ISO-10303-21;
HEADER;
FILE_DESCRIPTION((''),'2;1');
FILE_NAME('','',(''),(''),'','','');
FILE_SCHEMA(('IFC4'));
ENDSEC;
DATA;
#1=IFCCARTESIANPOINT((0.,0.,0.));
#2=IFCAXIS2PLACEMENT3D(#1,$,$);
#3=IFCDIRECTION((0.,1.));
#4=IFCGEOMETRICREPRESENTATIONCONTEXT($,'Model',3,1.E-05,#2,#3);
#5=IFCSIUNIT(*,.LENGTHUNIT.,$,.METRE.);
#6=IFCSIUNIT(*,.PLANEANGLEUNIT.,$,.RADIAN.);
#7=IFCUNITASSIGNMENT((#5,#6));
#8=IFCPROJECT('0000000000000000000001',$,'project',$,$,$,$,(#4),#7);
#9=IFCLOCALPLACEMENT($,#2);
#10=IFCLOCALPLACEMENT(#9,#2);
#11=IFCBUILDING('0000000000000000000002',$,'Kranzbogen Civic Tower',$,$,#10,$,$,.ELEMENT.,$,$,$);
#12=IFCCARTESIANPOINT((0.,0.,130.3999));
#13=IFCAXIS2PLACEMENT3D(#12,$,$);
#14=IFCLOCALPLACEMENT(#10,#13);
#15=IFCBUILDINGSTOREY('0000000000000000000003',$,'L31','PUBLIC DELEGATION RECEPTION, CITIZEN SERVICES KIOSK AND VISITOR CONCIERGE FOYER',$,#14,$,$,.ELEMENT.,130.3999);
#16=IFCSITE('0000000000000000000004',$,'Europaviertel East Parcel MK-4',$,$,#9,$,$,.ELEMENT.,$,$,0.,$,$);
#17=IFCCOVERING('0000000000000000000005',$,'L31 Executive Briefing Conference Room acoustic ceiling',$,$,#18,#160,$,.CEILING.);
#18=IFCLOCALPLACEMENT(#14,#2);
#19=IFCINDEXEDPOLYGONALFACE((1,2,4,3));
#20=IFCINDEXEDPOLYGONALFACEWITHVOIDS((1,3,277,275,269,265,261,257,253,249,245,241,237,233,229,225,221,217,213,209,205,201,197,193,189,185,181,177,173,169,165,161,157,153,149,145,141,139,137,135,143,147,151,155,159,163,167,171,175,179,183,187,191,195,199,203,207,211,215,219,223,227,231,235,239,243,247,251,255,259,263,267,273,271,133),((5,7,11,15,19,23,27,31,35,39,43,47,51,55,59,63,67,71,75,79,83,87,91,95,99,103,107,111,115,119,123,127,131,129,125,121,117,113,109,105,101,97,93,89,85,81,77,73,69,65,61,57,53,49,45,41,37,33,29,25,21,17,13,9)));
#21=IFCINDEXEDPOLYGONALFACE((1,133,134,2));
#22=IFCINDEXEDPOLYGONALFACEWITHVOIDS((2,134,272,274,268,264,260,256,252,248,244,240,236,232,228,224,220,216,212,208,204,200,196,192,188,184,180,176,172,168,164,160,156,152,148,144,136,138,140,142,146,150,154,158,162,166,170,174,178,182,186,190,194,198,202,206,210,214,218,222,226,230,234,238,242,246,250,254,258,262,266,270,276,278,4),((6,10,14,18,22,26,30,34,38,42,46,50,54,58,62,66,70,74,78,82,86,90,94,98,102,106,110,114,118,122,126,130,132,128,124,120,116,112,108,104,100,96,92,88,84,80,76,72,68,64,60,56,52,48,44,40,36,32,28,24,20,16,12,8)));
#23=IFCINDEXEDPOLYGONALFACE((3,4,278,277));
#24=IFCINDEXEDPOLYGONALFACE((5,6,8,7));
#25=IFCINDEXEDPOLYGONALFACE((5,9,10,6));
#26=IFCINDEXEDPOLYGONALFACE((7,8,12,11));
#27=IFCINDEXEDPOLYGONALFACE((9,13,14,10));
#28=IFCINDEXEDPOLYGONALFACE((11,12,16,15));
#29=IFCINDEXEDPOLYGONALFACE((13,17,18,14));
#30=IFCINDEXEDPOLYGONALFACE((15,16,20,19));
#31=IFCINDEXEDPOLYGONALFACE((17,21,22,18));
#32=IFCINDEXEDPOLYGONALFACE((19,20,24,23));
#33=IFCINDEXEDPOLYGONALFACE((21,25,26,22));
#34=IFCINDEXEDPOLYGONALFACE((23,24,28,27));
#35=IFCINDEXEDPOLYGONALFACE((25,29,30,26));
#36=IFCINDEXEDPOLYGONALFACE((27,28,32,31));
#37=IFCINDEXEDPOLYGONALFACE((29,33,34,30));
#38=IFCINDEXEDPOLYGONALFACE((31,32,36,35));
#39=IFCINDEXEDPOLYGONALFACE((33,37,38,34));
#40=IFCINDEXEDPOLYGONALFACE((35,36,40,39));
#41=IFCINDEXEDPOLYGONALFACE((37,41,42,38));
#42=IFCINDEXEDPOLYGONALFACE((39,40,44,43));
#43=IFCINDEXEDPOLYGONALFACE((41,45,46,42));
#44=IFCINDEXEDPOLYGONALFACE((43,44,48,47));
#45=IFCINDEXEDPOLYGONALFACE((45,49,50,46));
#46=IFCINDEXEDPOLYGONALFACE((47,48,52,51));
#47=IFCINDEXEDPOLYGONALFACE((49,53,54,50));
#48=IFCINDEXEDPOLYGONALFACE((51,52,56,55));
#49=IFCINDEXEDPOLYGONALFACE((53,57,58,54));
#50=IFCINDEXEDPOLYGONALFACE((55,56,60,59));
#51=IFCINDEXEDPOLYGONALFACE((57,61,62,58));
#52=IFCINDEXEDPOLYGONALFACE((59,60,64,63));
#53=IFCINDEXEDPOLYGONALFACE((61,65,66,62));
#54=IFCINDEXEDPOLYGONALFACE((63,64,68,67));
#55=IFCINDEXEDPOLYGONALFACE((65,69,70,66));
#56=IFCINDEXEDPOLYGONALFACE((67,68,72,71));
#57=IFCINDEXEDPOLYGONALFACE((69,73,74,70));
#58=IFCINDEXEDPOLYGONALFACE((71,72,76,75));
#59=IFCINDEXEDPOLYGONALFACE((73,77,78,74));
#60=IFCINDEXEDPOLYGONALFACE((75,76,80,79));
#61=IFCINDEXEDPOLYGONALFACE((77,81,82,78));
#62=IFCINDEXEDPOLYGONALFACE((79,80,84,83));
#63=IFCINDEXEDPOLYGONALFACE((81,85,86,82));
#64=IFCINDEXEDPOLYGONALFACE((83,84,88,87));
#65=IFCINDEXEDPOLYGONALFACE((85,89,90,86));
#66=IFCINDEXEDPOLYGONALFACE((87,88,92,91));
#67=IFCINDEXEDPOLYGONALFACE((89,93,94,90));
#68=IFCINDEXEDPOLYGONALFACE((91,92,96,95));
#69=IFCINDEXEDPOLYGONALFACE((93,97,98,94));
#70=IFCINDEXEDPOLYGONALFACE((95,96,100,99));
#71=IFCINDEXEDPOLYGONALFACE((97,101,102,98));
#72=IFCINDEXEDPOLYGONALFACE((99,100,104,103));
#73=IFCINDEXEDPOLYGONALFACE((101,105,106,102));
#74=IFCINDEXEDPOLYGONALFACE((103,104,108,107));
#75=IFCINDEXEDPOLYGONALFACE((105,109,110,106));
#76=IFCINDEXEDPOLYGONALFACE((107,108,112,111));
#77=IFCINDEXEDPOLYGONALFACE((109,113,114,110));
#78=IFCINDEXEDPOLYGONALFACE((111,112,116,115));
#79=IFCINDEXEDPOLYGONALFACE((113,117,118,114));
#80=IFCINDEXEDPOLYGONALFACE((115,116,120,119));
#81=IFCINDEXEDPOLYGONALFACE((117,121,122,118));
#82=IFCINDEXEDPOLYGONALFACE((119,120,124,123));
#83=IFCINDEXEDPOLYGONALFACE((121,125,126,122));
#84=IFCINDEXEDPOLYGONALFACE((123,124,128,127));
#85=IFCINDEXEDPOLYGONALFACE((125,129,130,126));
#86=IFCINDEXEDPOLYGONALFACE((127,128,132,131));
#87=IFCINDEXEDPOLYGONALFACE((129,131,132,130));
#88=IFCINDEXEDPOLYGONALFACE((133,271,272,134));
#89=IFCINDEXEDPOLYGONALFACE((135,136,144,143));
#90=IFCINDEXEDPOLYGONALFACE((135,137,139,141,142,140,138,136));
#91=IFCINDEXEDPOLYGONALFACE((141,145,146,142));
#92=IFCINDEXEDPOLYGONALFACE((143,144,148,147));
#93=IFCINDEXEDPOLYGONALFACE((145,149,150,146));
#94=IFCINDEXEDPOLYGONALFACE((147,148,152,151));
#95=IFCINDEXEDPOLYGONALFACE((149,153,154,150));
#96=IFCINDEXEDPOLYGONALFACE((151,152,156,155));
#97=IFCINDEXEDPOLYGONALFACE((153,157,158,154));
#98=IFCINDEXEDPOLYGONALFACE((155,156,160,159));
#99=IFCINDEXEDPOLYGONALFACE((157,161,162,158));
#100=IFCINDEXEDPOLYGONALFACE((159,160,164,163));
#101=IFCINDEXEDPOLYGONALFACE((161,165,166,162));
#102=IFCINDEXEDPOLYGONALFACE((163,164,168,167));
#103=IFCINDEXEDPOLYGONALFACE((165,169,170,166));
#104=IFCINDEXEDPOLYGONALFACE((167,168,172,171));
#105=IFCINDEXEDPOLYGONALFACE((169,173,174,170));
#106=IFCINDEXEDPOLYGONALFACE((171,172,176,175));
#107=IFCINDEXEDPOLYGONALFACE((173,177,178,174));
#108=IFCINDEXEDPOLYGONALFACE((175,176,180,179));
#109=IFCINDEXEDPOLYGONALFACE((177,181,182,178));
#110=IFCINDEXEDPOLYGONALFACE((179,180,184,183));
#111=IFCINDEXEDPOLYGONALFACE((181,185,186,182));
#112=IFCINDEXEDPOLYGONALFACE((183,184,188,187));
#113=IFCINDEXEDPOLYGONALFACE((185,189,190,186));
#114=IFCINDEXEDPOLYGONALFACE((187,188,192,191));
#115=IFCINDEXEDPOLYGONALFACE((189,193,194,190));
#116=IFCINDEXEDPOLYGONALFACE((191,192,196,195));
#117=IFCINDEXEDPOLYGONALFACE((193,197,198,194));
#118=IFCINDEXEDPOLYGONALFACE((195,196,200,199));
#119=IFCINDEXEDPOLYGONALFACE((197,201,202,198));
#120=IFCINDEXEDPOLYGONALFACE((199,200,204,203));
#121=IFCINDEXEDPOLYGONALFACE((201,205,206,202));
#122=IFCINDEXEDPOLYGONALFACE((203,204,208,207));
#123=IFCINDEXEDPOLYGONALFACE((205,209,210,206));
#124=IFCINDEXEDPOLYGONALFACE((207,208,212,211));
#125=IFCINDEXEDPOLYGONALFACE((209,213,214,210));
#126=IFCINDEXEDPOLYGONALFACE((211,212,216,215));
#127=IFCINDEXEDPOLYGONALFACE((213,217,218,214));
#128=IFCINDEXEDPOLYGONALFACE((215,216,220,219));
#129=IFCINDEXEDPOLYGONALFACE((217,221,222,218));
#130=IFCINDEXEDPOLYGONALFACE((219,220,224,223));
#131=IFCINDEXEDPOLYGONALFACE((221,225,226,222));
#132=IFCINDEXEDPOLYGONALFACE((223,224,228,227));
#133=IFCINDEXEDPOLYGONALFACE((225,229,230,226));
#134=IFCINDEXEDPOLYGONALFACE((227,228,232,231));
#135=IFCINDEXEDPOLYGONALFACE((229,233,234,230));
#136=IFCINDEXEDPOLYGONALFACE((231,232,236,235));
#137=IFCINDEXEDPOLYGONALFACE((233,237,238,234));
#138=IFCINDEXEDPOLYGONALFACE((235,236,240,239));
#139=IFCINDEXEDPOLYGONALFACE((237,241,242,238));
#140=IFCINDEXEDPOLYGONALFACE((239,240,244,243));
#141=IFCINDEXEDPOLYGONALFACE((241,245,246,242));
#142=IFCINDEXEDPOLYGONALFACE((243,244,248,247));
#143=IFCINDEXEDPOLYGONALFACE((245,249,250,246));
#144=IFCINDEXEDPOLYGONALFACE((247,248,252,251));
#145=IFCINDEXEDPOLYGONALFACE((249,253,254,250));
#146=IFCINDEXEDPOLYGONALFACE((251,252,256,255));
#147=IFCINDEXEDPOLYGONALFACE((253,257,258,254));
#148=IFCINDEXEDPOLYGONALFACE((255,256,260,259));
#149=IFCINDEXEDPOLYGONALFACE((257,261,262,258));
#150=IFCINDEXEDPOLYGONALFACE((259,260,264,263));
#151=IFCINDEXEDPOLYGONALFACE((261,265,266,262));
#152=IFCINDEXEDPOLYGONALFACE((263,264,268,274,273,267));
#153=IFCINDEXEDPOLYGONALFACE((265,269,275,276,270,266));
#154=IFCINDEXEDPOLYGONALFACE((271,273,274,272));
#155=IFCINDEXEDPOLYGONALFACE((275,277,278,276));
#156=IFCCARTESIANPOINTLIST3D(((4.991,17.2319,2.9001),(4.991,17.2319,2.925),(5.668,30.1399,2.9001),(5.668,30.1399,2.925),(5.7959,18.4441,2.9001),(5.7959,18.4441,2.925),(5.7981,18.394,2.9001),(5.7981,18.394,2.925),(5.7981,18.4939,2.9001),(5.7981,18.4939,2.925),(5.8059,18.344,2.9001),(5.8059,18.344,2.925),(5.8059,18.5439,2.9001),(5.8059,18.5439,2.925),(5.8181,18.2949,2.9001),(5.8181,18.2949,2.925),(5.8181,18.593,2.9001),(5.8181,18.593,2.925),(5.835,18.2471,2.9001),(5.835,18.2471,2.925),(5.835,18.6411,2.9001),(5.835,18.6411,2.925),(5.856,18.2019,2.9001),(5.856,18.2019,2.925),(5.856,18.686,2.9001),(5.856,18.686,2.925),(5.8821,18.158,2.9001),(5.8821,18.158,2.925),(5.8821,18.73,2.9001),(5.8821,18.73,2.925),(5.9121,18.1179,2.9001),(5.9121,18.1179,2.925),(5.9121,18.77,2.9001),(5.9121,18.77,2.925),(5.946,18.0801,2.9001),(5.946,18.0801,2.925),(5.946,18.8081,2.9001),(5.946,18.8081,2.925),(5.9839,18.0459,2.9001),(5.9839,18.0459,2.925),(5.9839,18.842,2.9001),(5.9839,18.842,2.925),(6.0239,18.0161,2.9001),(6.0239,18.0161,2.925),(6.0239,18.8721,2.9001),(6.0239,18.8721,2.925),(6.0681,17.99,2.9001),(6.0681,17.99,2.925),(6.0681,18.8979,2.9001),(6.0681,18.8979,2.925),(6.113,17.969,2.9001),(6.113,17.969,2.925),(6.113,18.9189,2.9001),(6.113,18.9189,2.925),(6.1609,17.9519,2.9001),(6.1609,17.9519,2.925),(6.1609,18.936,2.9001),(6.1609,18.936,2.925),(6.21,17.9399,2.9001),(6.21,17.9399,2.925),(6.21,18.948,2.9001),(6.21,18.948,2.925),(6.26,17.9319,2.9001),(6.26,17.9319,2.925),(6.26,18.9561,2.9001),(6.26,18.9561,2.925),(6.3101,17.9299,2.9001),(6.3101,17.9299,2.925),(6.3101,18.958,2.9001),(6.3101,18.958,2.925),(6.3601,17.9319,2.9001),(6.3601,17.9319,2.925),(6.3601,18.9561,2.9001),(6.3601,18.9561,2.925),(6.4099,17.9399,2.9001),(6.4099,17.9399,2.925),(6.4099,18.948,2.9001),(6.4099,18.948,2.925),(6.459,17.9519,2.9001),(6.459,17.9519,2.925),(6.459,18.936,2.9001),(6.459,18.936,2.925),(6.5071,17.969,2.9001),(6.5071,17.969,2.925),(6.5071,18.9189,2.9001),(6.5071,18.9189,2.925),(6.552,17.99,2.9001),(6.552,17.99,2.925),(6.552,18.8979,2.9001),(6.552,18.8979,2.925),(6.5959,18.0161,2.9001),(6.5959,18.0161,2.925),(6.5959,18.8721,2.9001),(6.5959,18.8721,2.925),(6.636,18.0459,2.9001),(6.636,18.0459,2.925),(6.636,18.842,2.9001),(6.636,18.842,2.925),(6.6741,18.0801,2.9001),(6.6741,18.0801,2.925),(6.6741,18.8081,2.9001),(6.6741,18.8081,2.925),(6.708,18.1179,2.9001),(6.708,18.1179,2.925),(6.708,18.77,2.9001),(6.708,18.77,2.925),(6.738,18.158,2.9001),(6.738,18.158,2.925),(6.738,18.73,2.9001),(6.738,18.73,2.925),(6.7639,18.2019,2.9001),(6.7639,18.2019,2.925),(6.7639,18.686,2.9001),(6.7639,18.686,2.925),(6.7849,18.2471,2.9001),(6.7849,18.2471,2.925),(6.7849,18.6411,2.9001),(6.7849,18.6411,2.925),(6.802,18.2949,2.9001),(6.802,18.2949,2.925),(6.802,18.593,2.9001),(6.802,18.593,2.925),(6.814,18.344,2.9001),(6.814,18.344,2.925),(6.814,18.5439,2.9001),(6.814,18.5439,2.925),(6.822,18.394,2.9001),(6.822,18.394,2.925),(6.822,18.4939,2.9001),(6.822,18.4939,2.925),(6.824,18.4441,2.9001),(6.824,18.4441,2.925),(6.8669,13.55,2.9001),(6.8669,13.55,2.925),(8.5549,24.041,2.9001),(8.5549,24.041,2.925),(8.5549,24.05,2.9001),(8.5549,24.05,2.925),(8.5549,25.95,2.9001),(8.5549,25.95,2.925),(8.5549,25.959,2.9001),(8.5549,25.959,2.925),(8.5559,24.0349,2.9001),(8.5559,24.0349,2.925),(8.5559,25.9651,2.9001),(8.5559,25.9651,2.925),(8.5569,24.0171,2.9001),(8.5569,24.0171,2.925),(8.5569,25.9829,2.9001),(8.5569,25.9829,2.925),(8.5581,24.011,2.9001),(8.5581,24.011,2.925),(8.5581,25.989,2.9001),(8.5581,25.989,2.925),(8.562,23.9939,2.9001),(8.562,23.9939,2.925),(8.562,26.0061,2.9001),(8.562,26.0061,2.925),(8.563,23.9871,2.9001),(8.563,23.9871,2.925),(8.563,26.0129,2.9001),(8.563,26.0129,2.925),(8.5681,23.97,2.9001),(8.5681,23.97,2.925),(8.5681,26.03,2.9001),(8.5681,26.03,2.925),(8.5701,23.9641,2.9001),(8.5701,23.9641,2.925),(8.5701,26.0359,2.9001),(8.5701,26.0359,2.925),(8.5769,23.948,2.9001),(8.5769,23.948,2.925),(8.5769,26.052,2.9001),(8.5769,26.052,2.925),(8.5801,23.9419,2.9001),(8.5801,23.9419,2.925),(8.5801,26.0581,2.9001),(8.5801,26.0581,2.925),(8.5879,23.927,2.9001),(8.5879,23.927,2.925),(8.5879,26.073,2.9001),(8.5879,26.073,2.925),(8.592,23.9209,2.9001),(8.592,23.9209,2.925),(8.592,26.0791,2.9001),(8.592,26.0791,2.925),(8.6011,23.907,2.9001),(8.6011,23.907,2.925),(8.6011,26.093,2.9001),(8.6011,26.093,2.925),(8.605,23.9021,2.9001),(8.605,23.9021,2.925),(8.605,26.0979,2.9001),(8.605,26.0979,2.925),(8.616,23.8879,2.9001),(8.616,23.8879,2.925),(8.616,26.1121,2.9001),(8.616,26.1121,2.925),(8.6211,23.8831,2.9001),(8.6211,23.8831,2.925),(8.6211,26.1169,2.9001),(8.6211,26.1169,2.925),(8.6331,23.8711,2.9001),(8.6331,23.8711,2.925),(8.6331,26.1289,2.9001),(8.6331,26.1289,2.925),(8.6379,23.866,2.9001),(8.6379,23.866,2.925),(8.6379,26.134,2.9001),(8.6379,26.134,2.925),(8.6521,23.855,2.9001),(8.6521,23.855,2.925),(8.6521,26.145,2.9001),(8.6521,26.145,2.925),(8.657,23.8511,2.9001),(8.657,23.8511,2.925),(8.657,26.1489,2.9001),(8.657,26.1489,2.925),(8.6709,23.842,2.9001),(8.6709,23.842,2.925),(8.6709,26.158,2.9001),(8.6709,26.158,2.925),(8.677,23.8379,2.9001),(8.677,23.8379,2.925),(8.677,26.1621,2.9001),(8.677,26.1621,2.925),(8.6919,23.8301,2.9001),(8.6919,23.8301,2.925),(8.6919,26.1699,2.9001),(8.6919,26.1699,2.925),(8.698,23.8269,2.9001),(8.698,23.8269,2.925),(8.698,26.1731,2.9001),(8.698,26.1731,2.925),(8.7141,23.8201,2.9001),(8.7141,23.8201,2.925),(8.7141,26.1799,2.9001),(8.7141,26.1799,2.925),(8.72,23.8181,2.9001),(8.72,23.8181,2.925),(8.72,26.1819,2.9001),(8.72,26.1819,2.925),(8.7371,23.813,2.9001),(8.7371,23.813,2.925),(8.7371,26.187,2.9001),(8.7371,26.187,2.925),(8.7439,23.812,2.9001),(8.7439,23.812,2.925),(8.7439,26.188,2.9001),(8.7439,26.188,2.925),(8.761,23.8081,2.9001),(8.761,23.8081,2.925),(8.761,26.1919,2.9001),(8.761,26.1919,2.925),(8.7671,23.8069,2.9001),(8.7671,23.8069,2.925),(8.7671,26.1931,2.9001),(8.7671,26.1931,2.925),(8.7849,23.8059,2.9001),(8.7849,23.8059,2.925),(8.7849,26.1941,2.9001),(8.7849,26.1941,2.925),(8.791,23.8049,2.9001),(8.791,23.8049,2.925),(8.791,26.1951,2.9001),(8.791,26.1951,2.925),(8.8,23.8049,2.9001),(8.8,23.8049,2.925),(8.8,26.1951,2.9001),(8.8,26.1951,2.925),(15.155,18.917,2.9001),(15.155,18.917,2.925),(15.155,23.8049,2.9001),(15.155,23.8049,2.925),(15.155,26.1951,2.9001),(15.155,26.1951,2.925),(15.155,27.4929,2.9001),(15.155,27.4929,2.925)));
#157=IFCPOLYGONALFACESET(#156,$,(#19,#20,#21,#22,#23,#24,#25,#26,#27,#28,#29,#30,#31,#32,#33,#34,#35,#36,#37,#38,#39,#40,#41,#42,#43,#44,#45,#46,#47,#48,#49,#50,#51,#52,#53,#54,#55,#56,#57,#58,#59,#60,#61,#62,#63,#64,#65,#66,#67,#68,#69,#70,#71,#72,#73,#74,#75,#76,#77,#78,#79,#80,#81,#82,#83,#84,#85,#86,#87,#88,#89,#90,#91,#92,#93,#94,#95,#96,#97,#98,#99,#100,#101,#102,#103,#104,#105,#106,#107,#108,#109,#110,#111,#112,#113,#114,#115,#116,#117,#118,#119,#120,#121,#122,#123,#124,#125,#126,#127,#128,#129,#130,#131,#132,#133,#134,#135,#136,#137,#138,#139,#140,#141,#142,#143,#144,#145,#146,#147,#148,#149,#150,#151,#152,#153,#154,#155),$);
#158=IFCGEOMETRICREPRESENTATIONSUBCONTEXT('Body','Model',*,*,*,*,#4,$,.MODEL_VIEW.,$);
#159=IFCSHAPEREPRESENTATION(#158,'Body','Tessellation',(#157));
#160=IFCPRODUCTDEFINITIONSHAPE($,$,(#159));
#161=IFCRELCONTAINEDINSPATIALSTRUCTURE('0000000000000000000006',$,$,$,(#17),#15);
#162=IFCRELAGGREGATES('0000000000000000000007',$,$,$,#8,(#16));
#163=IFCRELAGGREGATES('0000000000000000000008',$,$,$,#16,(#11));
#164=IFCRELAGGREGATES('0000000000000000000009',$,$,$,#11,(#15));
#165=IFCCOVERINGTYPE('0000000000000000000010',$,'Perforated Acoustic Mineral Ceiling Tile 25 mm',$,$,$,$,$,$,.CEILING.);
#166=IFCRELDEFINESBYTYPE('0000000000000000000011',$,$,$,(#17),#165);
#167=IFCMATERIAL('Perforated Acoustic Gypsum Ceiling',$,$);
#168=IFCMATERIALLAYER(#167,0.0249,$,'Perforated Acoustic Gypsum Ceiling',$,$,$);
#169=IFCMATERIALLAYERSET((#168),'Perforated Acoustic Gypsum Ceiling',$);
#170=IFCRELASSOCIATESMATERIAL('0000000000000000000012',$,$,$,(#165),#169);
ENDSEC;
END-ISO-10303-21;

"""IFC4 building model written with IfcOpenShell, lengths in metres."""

from ifc_helpers import new_model, si_unit, direction, frame, origin, place, context, subcontext, project, spatial, polyline, outline, extrude, material, layer, layer_set, type_object, element, save


model = new_model("IFC4")

# Units and contexts
model_context = context("Model", 3, precision=1e-05, world=origin(), true_north=direction((0.0, 1.0)))
body_context = subcontext(model_context, "Body", "Model", "MODEL_VIEW")
ifc_project = project(units=[si_unit("LENGTHUNIT", "METRE"), si_unit("PLANEANGLEUNIT", "RADIAN")], contexts=[model_context])

# Site, building, storey
site_placement = place(None, origin())
site = spatial("IfcSite", under=ifc_project, at=site_placement, Name="Europaviertel East Parcel MK-4", CompositionType="ELEMENT", RefElevation=0.0)
building_placement = place(site_placement, origin())
building = spatial("IfcBuilding", under=site, at=building_placement, Name="Kranzbogen Civic Tower", CompositionType="ELEMENT")
storey_placement = place(building_placement, frame((0.0, 0.0, 130.3999)))
storey = spatial("IfcBuildingStorey", under=building, at=storey_placement, Name="L31", Description="PUBLIC DELEGATION RECEPTION, CITIZEN SERVICES KIOSK AND VISITOR CONCIERGE FOYER", CompositionType="ELEMENT", Elevation=130.3999)

# Covering
ifc_material_1 = material(Name="Perforated Acoustic Gypsum Ceiling")
ifc_layer_1 = layer(ifc_material_1, 0.0249, Name="Perforated Acoustic Gypsum Ceiling")
ifc_layer_set_1 = layer_set([ifc_layer_1], Name="Perforated Acoustic Gypsum Ceiling")
covering_type = type_object("IfcCoveringType", Name="Perforated Acoustic Mineral Ceiling Tile 25 mm", PredefinedType="CEILING", material=ifc_layer_set_1)
covering_1_placement = place(storey_placement, frame((0.0, 0.0, 2.9001)))
element("IfcCovering", 1, at=covering_1_placement, inside=storey, type_object=covering_type, Name="L31 Executive Briefing Conference Room acoustic ceiling", PredefinedType="CEILING", context=body_context, shape_type="SweptSolid", body=[
    extrude(outline(polyline([(5.668, 30.1399), (15.155, 27.4929), (15.155, 26.1951), (8.8, 26.1951), (8.791, 26.1951), (8.7849, 26.1941), (8.7671, 26.1931), (8.761, 26.1919), (8.7439, 26.188), (8.7371, 26.187), (8.72, 26.1819), (8.7141, 26.1799), (8.698, 26.1731), (8.6919, 26.1699), (8.677, 26.1621), (8.6709, 26.158), (8.657, 26.1489), (8.6521, 26.145), (8.6379, 26.134), (8.6331, 26.1289), (8.6211, 26.1169), (8.616, 26.1121), (8.605, 26.0979), (8.6011, 26.093), (8.592, 26.0791), (8.5879, 26.073), (8.5801, 26.0581), (8.5769, 26.052), (8.5701, 26.0359), (8.5681, 26.03), (8.563, 26.0129), (8.562, 26.0061), (8.5581, 25.989), (8.5569, 25.9829), (8.5559, 25.9651), (8.5549, 25.959), (8.5549, 25.95), (8.5549, 24.05), (8.5549, 24.041), (8.5559, 24.0349), (8.5569, 24.0171), (8.5581, 24.011), (8.562, 23.9939), (8.563, 23.9871), (8.5681, 23.97), (8.5701, 23.9641), (8.5769, 23.948), (8.5801, 23.9419), (8.5879, 23.927), (8.592, 23.9209), (8.6011, 23.907), (8.605, 23.9021), (8.616, 23.8879), (8.6211, 23.8831), (8.6331, 23.8711), (8.6379, 23.866), (8.6521, 23.855), (8.657, 23.8511), (8.6709, 23.842), (8.677, 23.8379), (8.6919, 23.8301), (8.698, 23.8269), (8.7141, 23.8201), (8.72, 23.8181), (8.7371, 23.813), (8.7439, 23.812), (8.761, 23.8081), (8.7671, 23.8069), (8.7849, 23.8059), (8.791, 23.8049), (8.8, 23.8049), (15.155, 23.8049), (15.155, 18.917), (6.8669, 13.55), (4.991, 17.2319), (5.668, 30.1399)]), holes=[polyline([(6.7849, 18.2471), (6.7639, 18.2019), (6.738, 18.158), (6.708, 18.1179), (6.6741, 18.0801), (6.636, 18.0459), (6.5959, 18.0161), (6.552, 17.99), (6.5071, 17.969), (6.459, 17.9519), (6.4099, 17.9399), (6.3601, 17.9319), (6.3101, 17.9299), (6.26, 17.9319), (6.21, 17.9399), (6.1609, 17.9519), (6.113, 17.969), (6.0681, 17.99), (6.0239, 18.0161), (5.9839, 18.0459), (5.946, 18.0801), (5.9121, 18.1179), (5.8821, 18.158), (5.856, 18.2019), (5.835, 18.2471), (5.8181, 18.2949), (5.8059, 18.344), (5.7981, 18.394), (5.7959, 18.4441), (5.7981, 18.4939), (5.8059, 18.5439), (5.8181, 18.593), (5.835, 18.6411), (5.856, 18.686), (5.8821, 18.73), (5.9121, 18.77), (5.946, 18.8081), (5.9839, 18.842), (6.0239, 18.8721), (6.0681, 18.8979), (6.113, 18.9189), (6.1609, 18.936), (6.21, 18.948), (6.26, 18.9561), (6.3101, 18.958), (6.3601, 18.9561), (6.4099, 18.948), (6.459, 18.936), (6.5071, 18.9189), (6.552, 18.8979), (6.5959, 18.8721), (6.636, 18.842), (6.6741, 18.8081), (6.708, 18.77), (6.738, 18.73), (6.7639, 18.686), (6.7849, 18.6411), (6.802, 18.593), (6.814, 18.5439), (6.822, 18.4939), (6.824, 18.4441), (6.822, 18.394), (6.814, 18.344), (6.802, 18.2949), (6.7849, 18.2471)])]), origin(), (0.0, 0.0, 1.0), 0.0249),
])

save(model, "model.ifc")
